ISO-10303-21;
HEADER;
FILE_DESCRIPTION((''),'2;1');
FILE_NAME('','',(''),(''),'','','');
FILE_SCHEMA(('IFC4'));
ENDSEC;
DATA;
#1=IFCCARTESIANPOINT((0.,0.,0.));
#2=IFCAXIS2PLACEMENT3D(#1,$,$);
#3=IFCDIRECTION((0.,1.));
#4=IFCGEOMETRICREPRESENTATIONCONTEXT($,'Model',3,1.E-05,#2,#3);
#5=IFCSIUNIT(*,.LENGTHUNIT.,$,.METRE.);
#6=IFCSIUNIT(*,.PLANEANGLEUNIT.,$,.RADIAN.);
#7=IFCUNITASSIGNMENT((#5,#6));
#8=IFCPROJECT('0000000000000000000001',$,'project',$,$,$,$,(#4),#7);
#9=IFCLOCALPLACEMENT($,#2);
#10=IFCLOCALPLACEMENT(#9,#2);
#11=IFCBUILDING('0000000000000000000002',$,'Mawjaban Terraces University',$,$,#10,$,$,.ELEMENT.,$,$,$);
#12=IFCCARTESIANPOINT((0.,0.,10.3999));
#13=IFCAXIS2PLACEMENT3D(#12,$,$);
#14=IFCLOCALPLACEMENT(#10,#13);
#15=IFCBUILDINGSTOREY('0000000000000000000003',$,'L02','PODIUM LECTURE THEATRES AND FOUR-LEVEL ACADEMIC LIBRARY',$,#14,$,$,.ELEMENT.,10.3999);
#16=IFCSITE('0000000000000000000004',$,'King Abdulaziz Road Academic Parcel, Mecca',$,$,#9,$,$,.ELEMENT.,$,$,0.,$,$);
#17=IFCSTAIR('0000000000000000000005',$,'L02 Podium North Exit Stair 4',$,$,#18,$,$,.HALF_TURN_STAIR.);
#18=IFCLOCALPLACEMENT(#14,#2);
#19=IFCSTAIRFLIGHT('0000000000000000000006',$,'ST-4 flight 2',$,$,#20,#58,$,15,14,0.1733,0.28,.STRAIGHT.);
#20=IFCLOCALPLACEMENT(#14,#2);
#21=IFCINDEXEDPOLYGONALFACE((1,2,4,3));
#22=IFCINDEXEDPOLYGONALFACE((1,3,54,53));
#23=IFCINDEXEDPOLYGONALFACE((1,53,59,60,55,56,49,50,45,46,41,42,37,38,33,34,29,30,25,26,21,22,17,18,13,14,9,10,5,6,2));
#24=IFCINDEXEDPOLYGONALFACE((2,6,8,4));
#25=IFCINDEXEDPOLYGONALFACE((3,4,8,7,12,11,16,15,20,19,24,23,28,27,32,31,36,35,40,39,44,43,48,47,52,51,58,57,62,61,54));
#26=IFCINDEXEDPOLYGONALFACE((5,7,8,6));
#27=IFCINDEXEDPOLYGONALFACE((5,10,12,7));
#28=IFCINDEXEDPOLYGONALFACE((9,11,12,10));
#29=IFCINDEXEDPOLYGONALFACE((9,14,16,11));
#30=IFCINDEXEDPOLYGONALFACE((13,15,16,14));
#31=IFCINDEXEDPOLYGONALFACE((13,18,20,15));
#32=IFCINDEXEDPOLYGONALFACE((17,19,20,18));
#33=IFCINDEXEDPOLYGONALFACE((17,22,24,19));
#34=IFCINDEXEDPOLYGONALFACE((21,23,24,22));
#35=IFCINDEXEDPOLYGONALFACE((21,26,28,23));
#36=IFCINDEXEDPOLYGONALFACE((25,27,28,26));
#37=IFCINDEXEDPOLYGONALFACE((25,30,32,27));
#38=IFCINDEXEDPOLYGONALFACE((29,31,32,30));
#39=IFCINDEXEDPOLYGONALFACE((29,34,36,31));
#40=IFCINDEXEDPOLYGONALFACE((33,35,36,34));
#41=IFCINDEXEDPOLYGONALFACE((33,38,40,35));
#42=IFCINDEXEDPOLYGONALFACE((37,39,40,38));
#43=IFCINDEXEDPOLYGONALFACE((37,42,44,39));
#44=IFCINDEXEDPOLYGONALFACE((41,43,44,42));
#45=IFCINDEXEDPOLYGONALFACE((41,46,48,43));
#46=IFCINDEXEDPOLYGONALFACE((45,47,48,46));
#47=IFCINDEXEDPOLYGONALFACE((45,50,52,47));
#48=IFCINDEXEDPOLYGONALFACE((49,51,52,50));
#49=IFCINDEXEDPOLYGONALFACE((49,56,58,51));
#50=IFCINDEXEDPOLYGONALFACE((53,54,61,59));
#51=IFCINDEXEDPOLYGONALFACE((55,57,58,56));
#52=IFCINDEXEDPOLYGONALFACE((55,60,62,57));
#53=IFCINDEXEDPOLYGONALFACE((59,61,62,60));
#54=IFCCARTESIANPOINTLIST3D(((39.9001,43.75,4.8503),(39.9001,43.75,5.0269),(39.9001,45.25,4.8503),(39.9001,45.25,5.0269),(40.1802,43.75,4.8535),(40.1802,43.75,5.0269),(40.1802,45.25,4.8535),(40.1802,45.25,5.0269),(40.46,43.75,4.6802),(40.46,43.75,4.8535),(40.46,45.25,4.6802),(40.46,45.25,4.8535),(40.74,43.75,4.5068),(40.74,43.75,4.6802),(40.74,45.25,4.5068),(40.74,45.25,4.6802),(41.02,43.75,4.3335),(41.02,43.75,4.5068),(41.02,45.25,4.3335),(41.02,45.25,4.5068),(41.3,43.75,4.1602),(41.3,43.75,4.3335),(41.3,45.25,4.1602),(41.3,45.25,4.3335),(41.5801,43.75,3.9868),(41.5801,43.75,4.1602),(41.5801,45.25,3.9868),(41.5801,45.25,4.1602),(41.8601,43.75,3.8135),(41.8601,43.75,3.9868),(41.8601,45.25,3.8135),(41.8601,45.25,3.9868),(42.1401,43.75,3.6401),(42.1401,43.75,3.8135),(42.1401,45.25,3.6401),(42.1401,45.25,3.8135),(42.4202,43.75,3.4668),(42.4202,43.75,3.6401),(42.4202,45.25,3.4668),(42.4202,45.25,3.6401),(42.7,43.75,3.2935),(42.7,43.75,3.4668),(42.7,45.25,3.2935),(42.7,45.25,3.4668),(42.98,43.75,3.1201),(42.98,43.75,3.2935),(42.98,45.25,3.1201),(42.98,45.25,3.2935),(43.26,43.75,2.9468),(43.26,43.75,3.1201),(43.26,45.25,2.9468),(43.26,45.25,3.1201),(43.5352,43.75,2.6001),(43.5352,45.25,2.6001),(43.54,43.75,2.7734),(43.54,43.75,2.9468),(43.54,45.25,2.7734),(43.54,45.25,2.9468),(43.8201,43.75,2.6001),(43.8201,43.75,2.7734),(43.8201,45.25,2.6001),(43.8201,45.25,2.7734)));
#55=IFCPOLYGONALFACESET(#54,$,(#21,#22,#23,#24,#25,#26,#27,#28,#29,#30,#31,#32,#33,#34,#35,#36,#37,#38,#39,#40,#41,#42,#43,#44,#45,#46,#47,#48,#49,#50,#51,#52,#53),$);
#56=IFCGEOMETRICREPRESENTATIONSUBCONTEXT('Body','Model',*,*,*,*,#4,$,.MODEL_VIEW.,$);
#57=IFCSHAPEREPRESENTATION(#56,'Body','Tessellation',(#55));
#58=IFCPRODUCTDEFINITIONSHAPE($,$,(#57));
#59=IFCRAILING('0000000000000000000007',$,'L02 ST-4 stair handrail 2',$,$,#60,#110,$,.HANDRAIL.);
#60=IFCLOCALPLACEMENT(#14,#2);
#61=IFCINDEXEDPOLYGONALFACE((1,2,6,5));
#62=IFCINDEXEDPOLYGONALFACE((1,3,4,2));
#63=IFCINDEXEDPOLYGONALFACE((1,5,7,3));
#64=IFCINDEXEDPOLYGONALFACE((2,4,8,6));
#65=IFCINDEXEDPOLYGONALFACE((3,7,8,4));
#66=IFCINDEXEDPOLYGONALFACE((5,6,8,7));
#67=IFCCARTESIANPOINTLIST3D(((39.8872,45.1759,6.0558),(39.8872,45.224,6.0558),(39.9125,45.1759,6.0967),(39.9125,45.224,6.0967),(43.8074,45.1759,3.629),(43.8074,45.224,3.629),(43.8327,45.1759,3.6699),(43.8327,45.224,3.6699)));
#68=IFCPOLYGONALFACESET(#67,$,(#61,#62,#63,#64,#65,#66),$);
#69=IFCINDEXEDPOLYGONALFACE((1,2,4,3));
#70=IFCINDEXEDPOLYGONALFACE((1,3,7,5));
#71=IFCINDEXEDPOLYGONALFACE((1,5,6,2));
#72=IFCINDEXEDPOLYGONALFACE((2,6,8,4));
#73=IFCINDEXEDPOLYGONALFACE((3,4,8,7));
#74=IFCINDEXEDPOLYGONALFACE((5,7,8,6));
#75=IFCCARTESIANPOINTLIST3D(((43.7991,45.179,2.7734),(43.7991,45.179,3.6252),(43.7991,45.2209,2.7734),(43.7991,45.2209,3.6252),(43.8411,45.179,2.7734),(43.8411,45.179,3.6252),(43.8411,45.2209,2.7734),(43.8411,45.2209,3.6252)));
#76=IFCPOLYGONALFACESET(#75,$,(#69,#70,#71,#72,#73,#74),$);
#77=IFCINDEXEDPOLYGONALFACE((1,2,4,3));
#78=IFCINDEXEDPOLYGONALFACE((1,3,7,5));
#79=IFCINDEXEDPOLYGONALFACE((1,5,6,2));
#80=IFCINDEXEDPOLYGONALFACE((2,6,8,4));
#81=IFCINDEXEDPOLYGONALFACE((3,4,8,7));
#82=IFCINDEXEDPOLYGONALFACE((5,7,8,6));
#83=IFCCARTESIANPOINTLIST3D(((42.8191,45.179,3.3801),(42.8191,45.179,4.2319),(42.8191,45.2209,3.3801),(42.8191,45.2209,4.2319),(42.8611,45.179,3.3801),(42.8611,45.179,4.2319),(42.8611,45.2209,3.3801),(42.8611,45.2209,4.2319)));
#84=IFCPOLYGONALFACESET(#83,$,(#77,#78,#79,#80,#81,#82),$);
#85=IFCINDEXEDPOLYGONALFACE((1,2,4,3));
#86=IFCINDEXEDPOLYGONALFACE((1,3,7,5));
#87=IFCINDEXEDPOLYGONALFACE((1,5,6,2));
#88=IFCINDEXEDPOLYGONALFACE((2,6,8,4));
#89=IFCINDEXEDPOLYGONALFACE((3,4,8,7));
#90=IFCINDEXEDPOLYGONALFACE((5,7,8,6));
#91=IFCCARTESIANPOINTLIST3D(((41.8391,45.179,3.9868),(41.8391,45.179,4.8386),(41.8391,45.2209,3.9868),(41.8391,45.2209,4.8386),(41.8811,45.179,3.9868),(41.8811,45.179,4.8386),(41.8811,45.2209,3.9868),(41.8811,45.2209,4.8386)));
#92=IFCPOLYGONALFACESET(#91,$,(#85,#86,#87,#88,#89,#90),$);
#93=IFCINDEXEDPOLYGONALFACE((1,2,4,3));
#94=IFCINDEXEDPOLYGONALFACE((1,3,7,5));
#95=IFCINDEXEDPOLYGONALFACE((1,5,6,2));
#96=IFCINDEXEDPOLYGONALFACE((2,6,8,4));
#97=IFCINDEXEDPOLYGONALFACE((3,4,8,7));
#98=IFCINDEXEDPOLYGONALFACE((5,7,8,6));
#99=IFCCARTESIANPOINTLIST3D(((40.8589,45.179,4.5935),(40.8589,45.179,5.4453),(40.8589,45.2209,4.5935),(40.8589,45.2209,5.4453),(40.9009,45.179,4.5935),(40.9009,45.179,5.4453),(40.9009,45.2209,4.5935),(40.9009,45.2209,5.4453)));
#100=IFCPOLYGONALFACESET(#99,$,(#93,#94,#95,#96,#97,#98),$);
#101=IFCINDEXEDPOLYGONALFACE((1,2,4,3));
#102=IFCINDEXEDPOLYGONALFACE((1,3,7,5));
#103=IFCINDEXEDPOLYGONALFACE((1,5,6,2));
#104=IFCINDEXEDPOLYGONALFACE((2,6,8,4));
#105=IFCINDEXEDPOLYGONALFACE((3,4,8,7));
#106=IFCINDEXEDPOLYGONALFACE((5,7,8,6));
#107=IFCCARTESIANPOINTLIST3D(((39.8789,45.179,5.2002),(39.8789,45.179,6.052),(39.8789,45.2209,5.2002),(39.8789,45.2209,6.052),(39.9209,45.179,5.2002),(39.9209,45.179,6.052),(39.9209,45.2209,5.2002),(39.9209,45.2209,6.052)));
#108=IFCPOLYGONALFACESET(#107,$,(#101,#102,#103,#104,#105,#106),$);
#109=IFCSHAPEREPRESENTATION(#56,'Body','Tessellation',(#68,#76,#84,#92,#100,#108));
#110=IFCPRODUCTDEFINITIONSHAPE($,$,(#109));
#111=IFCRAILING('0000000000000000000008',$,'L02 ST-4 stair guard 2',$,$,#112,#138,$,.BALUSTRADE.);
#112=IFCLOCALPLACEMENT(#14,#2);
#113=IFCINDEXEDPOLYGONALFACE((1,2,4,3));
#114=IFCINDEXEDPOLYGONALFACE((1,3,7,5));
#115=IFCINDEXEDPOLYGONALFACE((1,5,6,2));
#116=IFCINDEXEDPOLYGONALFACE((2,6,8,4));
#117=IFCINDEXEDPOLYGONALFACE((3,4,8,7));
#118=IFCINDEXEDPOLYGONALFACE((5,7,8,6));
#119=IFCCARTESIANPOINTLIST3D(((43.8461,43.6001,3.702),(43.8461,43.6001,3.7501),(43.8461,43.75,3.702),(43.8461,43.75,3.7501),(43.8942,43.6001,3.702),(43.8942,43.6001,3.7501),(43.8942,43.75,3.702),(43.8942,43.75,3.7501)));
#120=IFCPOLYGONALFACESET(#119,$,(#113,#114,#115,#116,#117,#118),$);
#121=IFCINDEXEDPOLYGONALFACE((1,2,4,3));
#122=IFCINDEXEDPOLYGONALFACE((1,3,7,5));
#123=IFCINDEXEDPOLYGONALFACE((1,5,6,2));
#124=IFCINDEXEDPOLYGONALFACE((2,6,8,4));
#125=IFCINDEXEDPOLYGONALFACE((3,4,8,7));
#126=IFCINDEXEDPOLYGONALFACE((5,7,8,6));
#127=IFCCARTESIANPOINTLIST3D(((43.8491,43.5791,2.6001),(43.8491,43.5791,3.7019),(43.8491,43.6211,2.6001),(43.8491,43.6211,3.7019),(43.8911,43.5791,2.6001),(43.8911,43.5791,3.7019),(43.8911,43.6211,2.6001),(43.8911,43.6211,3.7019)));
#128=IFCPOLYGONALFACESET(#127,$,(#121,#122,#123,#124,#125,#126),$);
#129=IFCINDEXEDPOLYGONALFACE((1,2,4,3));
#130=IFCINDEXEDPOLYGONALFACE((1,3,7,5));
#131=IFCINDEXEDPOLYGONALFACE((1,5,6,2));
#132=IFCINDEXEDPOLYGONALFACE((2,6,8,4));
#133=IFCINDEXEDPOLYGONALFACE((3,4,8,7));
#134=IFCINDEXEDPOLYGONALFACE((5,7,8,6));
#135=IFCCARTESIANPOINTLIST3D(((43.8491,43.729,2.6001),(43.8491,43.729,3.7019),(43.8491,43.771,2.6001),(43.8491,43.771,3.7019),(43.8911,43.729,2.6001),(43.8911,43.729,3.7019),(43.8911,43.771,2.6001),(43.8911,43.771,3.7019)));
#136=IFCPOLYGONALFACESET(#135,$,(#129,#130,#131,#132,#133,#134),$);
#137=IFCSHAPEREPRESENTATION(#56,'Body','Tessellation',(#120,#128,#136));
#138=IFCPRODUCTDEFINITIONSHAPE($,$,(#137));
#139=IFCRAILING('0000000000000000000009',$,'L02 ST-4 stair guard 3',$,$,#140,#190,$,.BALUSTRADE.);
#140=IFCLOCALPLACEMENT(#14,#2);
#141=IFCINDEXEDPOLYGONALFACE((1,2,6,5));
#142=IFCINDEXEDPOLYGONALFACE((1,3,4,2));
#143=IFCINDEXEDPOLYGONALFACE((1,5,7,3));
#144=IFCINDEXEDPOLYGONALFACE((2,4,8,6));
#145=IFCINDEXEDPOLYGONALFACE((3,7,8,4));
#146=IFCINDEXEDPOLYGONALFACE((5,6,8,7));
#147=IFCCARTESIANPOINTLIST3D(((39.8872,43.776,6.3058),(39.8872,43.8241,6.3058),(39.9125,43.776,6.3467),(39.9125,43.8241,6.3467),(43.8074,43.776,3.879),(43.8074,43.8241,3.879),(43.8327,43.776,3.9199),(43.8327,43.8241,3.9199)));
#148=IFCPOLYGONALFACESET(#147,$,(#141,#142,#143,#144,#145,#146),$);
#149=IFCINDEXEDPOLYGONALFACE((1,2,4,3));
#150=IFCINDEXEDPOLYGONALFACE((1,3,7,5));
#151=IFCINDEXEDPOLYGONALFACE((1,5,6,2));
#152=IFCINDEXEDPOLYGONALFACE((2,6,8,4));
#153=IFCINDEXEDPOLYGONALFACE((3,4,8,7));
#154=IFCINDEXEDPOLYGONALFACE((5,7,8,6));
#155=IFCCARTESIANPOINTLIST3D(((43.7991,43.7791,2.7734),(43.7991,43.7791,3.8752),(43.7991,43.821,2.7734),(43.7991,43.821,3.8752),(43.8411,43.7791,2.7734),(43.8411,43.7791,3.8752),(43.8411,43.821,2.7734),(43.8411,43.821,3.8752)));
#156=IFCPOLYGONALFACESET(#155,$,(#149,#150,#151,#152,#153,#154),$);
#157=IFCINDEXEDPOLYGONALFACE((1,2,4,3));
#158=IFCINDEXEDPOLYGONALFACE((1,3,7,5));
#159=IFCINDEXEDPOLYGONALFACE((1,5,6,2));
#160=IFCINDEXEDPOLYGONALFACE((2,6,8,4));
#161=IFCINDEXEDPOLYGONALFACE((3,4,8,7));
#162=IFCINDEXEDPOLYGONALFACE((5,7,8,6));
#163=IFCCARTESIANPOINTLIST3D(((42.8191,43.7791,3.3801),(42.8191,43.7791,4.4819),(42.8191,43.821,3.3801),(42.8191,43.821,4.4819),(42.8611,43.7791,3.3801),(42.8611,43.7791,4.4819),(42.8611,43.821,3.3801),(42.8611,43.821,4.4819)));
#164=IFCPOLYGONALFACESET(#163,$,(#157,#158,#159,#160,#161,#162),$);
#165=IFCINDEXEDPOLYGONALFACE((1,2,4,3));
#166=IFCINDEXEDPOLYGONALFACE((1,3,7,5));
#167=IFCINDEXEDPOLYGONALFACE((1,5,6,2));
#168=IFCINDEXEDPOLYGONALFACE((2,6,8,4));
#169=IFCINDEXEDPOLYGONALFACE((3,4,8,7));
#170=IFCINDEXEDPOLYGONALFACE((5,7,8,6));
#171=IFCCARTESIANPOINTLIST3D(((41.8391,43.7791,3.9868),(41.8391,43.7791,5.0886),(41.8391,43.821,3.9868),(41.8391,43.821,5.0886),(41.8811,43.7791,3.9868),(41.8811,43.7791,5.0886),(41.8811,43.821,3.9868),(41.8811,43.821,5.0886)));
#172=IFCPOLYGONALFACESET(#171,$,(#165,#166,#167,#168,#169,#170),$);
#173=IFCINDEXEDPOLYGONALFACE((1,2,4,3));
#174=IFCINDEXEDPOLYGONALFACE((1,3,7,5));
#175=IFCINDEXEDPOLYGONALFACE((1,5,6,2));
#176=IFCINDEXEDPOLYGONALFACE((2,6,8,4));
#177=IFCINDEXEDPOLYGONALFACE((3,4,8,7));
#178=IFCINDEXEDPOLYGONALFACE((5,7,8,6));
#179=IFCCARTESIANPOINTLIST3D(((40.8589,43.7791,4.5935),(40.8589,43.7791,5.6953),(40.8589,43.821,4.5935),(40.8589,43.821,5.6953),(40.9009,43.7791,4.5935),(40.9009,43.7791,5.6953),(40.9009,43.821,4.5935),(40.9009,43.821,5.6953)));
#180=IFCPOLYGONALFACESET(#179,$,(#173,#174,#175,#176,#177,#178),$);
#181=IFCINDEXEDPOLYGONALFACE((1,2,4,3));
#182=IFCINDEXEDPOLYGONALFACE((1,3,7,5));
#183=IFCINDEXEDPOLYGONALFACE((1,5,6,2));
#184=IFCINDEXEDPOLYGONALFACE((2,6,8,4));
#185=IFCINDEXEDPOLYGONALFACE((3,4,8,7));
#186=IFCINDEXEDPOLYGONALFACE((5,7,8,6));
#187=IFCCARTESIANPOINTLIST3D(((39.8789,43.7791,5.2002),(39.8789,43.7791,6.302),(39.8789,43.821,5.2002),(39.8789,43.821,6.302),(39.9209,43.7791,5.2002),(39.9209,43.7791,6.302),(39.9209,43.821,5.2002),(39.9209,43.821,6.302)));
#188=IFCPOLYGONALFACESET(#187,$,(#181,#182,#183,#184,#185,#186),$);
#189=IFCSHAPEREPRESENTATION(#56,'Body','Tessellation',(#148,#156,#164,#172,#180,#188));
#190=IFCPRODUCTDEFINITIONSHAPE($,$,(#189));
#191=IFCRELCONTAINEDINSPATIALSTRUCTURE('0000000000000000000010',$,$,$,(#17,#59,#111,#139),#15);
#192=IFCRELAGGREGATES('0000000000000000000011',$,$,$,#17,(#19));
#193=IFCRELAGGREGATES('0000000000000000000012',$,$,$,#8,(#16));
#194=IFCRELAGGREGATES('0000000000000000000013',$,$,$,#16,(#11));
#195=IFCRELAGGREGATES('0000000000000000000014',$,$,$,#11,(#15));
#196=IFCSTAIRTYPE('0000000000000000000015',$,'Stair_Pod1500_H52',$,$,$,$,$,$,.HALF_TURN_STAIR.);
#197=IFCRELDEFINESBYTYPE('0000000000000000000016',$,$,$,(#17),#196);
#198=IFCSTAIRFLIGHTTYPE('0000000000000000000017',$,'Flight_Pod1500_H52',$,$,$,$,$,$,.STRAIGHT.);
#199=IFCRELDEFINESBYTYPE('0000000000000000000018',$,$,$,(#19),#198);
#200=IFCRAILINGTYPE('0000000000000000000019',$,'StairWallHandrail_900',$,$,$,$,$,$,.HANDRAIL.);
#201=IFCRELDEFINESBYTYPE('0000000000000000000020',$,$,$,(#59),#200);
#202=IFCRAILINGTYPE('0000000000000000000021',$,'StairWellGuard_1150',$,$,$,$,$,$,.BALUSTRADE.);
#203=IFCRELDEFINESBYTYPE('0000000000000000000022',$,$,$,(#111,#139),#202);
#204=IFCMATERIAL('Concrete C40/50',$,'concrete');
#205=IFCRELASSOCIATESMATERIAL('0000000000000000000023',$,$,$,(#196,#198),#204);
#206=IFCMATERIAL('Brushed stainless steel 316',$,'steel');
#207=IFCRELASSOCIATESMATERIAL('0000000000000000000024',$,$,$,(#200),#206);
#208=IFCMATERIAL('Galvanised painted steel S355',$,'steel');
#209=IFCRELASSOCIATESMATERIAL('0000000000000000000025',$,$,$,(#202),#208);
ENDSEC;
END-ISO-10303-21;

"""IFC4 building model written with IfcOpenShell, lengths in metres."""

from ifc_helpers import new_model, si_unit, direction, frame, origin, origin_2d, place, context, subcontext, project, spatial, polyline, rectangle, outline, extrude, material, type_object, element, aggregate, save


model = new_model("IFC4")

# Units and contexts
model_context = context("Model", 3, precision=1e-05, world=origin(), true_north=direction((0.0, 1.0)))
body_context = subcontext(model_context, "Body", "Model", "MODEL_VIEW")
ifc_project = project(units=[si_unit("LENGTHUNIT", "METRE"), si_unit("PLANEANGLEUNIT", "RADIAN")], contexts=[model_context])

# Site, building, storey
site_placement = place(None, origin())
site = spatial("IfcSite", under=ifc_project, at=site_placement, Name="King Abdulaziz Road Academic Parcel, Mecca", CompositionType="ELEMENT", RefElevation=0.0)
building_placement = place(site_placement, origin())
building = spatial("IfcBuilding", under=site, at=building_placement, Name="Mawjaban Terraces University", CompositionType="ELEMENT")
storey_placement = place(building_placement, frame((0.0, 0.0, 10.3999)))
storey = spatial("IfcBuildingStorey", under=building, at=storey_placement, Name="L02", Description="PODIUM LECTURE THEATRES AND FOUR-LEVEL ACADEMIC LIBRARY", CompositionType="ELEMENT", Elevation=10.3999)

# Stair, stair flight
ifc_material_1 = material(Name="Concrete C40/50", Category="concrete")
stair_type = type_object("IfcStairType", Name="Stair_Pod1500_H52", PredefinedType="HALF_TURN_STAIR", material=ifc_material_1)
stair_placement = place(storey_placement, origin())
stair = element("IfcStair", 1, at=stair_placement, inside=storey, type_object=stair_type, Name="L02 Podium North Exit Stair 4", PredefinedType="HALF_TURN_STAIR")
stair_flight_type = type_object("IfcStairFlightType", Name="Flight_Pod1500_H52", PredefinedType="STRAIGHT", material=ifc_material_1)
stair_flight_placement = place(storey_placement, frame((43.8201, 44.5, 2.6001), z_axis=(0.0, 0.0, 1.0), x_axis=(-1.0, 0.0, 0.0)))
stair_flight = element("IfcStairFlight", 2, at=stair_flight_placement, type_object=stair_flight_type, Name="ST-4 flight 2", NumberOfRisers=15, NumberOfTreads=14, PredefinedType="STRAIGHT", RiserHeight=0.1733, TreadLength=0.28, context=body_context, shape_type="SweptSolid", body=[
    extrude(outline(polyline([(0.0, 0.0), (0.0, 0.1733), (0.28, 0.1733), (0.28, 0.3467), (0.5601, 0.3467), (0.5601, 0.52), (0.8401, 0.52), (0.8401, 0.6934), (1.1201, 0.6934), (1.1201, 0.8667), (1.3999, 0.8667), (1.3999, 1.04), (1.6799, 1.04), (1.6799, 1.2134), (1.96, 1.2134), (1.96, 1.3867), (2.24, 1.3867), (2.24, 1.5601), (2.52, 1.5601), (2.52, 1.7334), (2.8, 1.7334), (2.8, 1.9067), (3.0801, 1.9067), (3.0801, 2.0801), (3.3601, 2.0801), (3.3601, 2.2534), (3.6399, 2.2534), (3.6399, 2.4268), (3.9199, 2.4268), (3.9199, 2.6001), (3.9199, 2.2502), (0.2849, 0.0), (0.0, 0.0)])), frame((0.0, 0.75, 0.0), z_axis=(0.0, -1.0, 0.0), x_axis=(1.0, 0.0, 0.0)), (0.0, 0.0, 1.0), 1.5),
])
aggregate(stair, [stair_flight])

# Railings
ifc_material_2 = material(Name="Brushed stainless steel 316", Category="steel")
railing_type_1 = type_object("IfcRailingType", Name="StairWallHandrail_900", PredefinedType="HANDRAIL", material=ifc_material_2)
railing_1_placement = place(storey_placement, frame((43.8201, 45.2, 2.7734)))
element("IfcRailing", 3, at=railing_1_placement, inside=storey, type_object=railing_type_1, Name="L02 ST-4 stair handrail 2", PredefinedType="HANDRAIL", context=body_context, shape_type="SweptSolid", body=[
    extrude(rectangle(XDim=0.0481, YDim=0.0481, at=origin_2d()), frame((0.0, 0.0, 0.876), z_axis=(-0.850266, 0.0, 0.526353), x_axis=(0.0, -1.0, 0.0)), (0.0, 0.0, 1.0), 4.6106),
    extrude(rectangle(XDim=0.042, YDim=0.042, at=origin_2d()), origin(), (0.0, 0.0, 1.0), 0.8518),
    extrude(rectangle(XDim=0.042, YDim=0.042, at=origin_2d()), frame((-0.98, 0.0, 0.6067)), (0.0, 0.0, 1.0), 0.8518),
    extrude(rectangle(XDim=0.042, YDim=0.042, at=origin_2d()), frame((-1.96, 0.0, 1.2134)), (0.0, 0.0, 1.0), 0.8518),
    extrude(rectangle(XDim=0.042, YDim=0.042, at=origin_2d()), frame((-2.9402, 0.0, 1.8201)), (0.0, 0.0, 1.0), 0.8518),
    extrude(rectangle(XDim=0.042, YDim=0.042, at=origin_2d()), frame((-3.9202, 0.0, 2.4268)), (0.0, 0.0, 1.0), 0.8518),
])
ifc_material_3 = material(Name="Galvanised painted steel S355", Category="steel")
railing_type_2 = type_object("IfcRailingType", Name="StairWellGuard_1150", PredefinedType="BALUSTRADE", material=ifc_material_3)
railing_2_placement = place(storey_placement, frame((43.8701, 43.6001, 2.6001)))
element("IfcRailing", 4, at=railing_2_placement, inside=storey, type_object=railing_type_2, Name="L02 ST-4 stair guard 2", PredefinedType="BALUSTRADE", context=body_context, shape_type="SweptSolid", body=[
    extrude(rectangle(XDim=0.0481, YDim=0.0481, at=origin_2d()), frame((0.0, 0.0, 1.126), z_axis=(0.0, 1.0, 0.0), x_axis=(-1.0, 0.0, 0.0)), (0.0, 0.0, 1.0), 0.1499),
    extrude(rectangle(XDim=0.042, YDim=0.042, at=origin_2d()), origin(), (0.0, 0.0, 1.0), 1.1018),
    extrude(rectangle(XDim=0.042, YDim=0.042, at=origin_2d()), frame((0.0, 0.1499, 0.0)), (0.0, 0.0, 1.0), 1.1018),
])
railing_3_placement = place(storey_placement, frame((43.8201, 43.8, 2.7734)))
element("IfcRailing", 5, at=railing_3_placement, inside=storey, type_object=railing_type_2, Name="L02 ST-4 stair guard 3", PredefinedType="BALUSTRADE", context=body_context, shape_type="SweptSolid", body=[
    extrude(rectangle(XDim=0.0481, YDim=0.0481, at=origin_2d()), frame((0.0, 0.0, 1.126), z_axis=(-0.850266, 0.0, 0.526353), x_axis=(0.0, -1.0, 0.0)), (0.0, 0.0, 1.0), 4.6106),
    extrude(rectangle(XDim=0.042, YDim=0.042, at=origin_2d()), origin(), (0.0, 0.0, 1.0), 1.1018),
    extrude(rectangle(XDim=0.042, YDim=0.042, at=origin_2d()), frame((-0.98, 0.0, 0.6067)), (0.0, 0.0, 1.0), 1.1018),
    extrude(rectangle(XDim=0.042, YDim=0.042, at=origin_2d()), frame((-1.96, 0.0, 1.2134)), (0.0, 0.0, 1.0), 1.1018),
    extrude(rectangle(XDim=0.042, YDim=0.042, at=origin_2d()), frame((-2.9402, 0.0, 1.8201)), (0.0, 0.0, 1.0), 1.1018),
    extrude(rectangle(XDim=0.042, YDim=0.042, at=origin_2d()), frame((-3.9202, 0.0, 2.4268)), (0.0, 0.0, 1.0), 1.1018),
])

save(model, "model.ifc")
